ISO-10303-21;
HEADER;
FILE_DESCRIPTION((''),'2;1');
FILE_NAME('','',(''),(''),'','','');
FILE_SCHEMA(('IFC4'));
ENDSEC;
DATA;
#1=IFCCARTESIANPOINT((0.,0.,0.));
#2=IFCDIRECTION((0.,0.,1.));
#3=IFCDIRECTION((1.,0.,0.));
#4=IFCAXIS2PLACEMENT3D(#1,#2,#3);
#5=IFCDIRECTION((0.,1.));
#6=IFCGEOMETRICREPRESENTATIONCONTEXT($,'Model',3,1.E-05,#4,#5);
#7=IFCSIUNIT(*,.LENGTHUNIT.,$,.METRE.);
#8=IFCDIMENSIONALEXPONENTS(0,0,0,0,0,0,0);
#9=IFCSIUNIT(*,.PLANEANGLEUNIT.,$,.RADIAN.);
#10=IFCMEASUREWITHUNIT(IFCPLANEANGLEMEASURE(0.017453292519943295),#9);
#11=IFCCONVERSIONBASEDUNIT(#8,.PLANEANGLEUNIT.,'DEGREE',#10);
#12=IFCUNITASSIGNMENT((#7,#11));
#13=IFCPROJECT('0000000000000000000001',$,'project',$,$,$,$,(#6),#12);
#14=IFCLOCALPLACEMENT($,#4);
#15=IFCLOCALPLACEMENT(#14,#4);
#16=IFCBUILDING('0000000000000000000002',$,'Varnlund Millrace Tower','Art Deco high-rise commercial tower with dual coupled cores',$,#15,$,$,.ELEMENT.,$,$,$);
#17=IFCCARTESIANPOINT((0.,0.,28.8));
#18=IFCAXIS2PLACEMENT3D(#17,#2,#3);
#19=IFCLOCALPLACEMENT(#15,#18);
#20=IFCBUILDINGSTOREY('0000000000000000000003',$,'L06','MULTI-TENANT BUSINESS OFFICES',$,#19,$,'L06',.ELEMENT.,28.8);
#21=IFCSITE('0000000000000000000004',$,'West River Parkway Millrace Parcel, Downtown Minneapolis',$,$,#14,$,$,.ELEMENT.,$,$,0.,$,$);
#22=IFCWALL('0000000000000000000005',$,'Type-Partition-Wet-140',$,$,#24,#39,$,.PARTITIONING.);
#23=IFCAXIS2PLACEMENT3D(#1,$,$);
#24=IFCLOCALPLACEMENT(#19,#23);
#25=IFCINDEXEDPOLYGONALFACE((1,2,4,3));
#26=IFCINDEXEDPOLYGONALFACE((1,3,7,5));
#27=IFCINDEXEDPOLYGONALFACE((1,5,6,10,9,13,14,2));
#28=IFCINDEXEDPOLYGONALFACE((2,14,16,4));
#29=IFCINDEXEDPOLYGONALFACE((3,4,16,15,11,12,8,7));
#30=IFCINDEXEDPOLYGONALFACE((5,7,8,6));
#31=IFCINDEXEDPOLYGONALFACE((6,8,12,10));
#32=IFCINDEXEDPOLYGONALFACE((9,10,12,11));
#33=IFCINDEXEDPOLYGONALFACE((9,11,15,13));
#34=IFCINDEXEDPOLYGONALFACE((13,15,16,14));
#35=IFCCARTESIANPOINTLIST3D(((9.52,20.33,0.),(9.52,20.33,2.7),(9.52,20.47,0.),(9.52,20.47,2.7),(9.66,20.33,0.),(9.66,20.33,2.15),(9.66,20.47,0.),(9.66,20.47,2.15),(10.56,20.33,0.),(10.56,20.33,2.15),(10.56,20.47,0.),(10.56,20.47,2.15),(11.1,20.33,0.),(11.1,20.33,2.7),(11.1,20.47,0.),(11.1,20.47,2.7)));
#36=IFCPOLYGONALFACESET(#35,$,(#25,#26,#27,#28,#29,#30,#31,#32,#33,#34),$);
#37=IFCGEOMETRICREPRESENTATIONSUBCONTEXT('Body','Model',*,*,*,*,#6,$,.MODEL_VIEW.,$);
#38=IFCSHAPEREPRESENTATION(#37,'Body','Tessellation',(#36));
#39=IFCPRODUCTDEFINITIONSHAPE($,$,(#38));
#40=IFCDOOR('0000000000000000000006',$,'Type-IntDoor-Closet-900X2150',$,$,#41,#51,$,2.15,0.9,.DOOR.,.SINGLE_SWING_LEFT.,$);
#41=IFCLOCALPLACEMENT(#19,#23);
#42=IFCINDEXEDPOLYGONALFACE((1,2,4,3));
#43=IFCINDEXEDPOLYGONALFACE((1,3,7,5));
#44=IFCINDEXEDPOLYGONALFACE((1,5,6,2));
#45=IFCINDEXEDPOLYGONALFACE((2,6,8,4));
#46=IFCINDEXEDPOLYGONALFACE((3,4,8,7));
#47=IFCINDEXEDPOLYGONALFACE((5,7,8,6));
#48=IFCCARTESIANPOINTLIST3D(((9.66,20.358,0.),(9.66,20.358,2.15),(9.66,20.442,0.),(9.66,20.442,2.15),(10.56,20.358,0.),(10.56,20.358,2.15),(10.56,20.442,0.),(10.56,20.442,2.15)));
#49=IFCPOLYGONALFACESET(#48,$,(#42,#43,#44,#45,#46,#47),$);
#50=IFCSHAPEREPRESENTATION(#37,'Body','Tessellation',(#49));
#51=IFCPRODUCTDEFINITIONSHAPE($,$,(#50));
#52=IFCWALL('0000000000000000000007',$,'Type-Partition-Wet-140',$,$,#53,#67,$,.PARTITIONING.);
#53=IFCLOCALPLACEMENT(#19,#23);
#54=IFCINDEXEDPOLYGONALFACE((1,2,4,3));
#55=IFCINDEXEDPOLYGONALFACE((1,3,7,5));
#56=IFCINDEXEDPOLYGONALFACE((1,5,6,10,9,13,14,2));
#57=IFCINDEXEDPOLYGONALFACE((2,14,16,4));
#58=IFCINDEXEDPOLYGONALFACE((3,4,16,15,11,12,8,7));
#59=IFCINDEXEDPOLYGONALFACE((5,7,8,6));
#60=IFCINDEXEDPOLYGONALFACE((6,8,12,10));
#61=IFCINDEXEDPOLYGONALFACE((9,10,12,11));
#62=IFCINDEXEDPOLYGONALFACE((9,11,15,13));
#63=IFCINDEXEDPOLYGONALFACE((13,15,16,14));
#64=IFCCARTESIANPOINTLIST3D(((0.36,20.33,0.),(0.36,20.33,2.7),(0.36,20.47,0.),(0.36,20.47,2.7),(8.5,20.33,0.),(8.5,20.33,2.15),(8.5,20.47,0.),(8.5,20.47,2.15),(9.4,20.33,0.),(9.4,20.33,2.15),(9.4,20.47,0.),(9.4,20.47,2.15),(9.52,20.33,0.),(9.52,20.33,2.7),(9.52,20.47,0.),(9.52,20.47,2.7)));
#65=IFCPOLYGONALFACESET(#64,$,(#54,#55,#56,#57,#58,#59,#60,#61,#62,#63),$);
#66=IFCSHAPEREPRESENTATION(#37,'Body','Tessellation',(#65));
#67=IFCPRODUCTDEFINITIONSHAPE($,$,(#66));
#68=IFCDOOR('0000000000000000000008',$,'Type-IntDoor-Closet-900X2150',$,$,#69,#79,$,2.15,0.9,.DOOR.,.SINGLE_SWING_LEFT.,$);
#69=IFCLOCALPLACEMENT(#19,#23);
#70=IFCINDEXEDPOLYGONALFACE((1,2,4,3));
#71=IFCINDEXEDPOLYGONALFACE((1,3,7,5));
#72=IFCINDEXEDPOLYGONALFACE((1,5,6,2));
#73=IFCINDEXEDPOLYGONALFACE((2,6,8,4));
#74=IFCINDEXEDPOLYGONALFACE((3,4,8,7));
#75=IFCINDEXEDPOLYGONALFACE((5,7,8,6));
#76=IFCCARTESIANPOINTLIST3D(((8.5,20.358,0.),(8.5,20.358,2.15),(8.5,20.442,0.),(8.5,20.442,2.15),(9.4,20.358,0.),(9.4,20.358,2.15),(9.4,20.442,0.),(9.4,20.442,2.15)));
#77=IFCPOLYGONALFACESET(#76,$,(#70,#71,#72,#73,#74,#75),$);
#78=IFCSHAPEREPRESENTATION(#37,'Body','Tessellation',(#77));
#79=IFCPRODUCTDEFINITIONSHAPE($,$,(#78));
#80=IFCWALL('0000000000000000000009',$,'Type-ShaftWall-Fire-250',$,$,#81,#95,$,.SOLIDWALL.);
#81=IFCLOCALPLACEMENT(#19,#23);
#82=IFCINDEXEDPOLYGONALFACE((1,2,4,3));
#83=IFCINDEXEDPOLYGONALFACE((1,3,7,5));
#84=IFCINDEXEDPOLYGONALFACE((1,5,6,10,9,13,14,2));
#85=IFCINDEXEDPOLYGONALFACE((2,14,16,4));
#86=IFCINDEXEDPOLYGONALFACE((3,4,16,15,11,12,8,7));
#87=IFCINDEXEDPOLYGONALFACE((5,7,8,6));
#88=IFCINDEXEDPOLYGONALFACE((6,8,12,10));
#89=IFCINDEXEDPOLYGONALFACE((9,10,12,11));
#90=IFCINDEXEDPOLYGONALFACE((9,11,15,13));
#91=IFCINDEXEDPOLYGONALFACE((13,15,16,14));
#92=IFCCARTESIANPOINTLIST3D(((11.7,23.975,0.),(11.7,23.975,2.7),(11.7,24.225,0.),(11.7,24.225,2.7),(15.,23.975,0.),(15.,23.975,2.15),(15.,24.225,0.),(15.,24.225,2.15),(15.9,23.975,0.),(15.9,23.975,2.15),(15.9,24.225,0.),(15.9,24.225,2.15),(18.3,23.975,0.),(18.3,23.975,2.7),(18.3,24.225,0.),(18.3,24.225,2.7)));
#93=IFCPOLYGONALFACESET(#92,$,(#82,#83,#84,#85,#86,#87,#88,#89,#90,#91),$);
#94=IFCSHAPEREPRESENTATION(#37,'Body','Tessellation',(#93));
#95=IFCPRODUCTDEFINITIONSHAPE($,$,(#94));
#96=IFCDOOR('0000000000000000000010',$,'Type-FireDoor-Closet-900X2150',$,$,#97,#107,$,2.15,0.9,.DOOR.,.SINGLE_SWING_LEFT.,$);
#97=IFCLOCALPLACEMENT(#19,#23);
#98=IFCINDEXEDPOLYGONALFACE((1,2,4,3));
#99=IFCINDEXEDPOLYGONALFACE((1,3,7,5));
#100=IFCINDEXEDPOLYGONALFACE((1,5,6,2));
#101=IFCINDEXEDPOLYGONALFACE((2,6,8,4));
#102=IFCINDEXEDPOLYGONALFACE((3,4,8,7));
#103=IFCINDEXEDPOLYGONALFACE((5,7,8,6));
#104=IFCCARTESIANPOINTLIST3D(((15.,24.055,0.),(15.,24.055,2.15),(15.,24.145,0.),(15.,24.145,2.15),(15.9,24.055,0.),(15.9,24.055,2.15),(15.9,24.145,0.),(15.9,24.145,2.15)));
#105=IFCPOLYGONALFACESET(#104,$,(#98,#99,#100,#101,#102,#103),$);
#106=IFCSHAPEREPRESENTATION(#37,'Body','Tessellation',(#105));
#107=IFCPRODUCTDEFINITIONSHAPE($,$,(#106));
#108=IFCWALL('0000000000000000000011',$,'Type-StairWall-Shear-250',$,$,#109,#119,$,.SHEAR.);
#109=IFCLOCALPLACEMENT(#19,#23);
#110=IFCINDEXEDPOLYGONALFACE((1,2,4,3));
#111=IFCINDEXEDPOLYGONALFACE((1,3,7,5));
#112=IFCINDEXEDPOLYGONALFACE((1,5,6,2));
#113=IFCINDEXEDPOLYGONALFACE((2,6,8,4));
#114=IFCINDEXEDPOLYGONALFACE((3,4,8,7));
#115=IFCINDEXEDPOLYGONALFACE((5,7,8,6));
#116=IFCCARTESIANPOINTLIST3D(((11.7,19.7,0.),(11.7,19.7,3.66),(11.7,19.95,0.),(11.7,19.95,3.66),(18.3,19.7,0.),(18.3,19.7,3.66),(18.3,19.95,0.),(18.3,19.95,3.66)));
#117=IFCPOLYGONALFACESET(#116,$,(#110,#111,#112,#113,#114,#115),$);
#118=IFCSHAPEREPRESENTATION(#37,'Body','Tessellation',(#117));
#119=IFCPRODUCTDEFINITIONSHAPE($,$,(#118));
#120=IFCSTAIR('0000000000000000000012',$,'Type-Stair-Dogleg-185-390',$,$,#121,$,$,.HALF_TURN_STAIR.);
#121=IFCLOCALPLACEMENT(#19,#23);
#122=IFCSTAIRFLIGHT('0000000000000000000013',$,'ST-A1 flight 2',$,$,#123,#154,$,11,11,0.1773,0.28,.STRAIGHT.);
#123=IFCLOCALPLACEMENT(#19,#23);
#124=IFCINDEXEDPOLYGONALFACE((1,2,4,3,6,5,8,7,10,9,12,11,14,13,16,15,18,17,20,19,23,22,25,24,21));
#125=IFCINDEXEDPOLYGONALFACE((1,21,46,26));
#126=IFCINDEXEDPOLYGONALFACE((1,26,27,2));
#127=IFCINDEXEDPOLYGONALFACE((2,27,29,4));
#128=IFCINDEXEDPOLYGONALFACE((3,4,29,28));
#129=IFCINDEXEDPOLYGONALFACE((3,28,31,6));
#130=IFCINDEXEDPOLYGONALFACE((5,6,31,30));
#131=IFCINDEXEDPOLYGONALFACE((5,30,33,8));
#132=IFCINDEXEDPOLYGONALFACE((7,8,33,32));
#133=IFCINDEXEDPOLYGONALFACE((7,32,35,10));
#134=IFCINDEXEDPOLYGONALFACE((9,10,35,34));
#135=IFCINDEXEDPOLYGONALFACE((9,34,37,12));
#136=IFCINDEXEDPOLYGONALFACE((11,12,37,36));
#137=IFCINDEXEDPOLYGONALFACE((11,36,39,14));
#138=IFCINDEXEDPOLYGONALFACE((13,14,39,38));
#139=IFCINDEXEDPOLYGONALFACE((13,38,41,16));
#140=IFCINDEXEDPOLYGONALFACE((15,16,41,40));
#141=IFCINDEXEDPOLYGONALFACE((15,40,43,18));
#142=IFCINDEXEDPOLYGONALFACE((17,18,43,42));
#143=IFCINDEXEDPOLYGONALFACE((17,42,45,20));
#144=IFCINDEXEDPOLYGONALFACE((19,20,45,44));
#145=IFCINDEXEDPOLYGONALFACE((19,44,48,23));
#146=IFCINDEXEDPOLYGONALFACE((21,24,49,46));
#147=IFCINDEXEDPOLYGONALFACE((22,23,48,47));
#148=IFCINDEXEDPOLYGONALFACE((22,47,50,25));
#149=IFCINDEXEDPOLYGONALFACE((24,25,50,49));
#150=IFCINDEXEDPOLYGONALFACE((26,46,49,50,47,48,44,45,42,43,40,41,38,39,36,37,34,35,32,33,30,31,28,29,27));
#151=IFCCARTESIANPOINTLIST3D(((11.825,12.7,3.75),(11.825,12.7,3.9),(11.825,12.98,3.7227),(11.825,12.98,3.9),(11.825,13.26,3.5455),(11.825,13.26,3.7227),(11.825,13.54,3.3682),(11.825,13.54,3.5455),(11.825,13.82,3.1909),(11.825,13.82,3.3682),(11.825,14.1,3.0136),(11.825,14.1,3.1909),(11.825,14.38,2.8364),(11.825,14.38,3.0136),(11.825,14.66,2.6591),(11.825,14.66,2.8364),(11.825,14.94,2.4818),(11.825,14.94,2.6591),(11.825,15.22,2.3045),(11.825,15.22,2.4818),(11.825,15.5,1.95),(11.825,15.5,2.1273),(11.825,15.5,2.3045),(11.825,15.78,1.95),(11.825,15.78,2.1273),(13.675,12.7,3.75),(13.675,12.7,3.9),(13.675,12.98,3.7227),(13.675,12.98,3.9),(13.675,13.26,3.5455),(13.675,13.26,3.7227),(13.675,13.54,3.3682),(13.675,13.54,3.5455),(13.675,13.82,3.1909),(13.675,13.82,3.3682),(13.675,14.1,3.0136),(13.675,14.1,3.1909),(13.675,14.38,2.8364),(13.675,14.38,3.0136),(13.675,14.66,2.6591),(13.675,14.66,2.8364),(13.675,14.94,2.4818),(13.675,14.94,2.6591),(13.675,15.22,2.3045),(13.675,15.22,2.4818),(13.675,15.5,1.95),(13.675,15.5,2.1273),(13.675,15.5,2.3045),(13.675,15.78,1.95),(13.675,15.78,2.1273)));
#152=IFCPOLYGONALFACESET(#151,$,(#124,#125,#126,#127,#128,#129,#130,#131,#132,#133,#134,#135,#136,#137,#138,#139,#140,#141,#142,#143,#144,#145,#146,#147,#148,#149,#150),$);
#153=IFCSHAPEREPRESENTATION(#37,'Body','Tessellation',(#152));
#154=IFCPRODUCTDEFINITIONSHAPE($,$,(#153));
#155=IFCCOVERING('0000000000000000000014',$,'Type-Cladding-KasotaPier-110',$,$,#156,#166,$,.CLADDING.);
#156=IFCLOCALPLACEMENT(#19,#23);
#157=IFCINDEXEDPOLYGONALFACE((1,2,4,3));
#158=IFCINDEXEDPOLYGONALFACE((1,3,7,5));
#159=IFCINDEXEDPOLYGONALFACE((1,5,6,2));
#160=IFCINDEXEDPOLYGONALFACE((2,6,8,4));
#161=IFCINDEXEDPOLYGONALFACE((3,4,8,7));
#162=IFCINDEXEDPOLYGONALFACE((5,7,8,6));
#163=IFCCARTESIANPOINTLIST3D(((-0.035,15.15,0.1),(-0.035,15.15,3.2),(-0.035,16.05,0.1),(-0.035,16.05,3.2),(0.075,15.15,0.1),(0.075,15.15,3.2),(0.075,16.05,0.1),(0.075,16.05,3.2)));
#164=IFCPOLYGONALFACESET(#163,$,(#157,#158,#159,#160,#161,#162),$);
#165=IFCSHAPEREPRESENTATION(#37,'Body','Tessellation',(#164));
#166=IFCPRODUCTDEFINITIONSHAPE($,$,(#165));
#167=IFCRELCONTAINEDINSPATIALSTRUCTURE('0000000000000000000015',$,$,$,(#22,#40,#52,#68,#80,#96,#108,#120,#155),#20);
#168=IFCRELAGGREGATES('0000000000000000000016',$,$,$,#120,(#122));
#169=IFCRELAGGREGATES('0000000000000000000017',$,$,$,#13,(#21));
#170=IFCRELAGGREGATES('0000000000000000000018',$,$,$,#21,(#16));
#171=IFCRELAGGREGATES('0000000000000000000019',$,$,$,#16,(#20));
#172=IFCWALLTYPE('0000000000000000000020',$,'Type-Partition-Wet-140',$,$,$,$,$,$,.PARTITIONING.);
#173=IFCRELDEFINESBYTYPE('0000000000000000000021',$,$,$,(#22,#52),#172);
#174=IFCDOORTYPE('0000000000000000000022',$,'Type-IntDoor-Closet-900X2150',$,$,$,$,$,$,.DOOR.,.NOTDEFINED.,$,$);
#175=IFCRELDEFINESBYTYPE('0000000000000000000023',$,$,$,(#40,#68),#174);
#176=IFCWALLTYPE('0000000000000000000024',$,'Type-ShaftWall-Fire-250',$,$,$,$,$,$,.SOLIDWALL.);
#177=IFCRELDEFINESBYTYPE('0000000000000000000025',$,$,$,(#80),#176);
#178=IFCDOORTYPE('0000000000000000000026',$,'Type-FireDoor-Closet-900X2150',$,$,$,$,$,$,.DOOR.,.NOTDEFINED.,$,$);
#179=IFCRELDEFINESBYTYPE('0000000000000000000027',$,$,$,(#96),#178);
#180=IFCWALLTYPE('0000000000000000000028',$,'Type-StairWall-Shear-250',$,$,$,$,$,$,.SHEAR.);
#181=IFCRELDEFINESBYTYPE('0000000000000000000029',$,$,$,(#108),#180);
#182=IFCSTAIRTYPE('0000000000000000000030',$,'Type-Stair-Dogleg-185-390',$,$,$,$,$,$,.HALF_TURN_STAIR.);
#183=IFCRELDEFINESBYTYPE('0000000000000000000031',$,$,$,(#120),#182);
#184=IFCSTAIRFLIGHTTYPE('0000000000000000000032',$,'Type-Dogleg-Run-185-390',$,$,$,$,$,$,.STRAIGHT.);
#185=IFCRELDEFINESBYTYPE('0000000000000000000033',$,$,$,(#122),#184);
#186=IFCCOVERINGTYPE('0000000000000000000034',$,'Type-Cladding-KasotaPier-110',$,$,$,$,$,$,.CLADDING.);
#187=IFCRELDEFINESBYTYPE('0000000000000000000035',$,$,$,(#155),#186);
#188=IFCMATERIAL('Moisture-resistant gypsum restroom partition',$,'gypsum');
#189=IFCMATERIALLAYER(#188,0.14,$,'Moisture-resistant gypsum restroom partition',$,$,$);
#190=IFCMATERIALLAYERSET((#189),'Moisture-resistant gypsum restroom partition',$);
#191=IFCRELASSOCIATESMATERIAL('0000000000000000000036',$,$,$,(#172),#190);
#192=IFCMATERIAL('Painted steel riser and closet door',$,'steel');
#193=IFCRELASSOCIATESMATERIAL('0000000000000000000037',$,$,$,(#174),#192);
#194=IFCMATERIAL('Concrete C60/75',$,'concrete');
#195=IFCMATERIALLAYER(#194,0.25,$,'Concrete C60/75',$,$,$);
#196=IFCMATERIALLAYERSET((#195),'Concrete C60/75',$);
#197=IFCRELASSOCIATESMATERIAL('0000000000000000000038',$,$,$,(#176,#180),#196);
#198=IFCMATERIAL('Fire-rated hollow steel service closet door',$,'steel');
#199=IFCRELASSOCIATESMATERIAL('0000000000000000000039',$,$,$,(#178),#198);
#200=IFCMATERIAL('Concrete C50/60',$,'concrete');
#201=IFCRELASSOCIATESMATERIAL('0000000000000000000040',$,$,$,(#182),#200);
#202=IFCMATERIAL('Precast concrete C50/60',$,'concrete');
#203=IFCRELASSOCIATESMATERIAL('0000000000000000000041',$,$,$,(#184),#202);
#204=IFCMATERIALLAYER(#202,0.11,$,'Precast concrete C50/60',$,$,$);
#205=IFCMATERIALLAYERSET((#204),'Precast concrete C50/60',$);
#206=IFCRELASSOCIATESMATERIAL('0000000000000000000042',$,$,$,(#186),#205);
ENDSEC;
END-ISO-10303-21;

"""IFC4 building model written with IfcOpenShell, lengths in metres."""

from ifc_helpers import new_model, entity, si_unit, converted_unit, direction, frame, origin_with_axes, origin_2d_with_axis, place, context, subcontext, project, spatial, polyline, rectangle, outline, extrude, material, layer, layer_set, type_object, element, fill, aggregate, save


model = new_model("IFC4")

# Units and contexts
model_context = context("Model", 3, precision=1e-05, world=origin_with_axes(), true_north=direction((0.0, 1.0)))
body_context = subcontext(model_context, "Body", "Model", "MODEL_VIEW")
ifc_project = project(units=[si_unit("LENGTHUNIT", "METRE"), converted_unit("PLANEANGLEUNIT", "DEGREE", entity("IfcPlaneAngleMeasure", 0.017453292519943295), si_unit("PLANEANGLEUNIT", "RADIAN"), dimensions=[0, 0, 0, 0, 0, 0, 0])], contexts=[model_context])

# Site, building, storey
site_placement = place(None, origin_with_axes())
site = spatial("IfcSite", under=ifc_project, at=site_placement, Name="West River Parkway Millrace Parcel, Downtown Minneapolis", CompositionType="ELEMENT", RefElevation=0.0)
building_placement = place(site_placement, origin_with_axes())
building = spatial("IfcBuilding", under=site, at=building_placement, Name="Varnlund Millrace Tower", Description="Art Deco high-rise commercial tower with dual coupled cores", CompositionType="ELEMENT")
storey_placement = place(building_placement, frame((0.0, 0.0, 28.8), z_axis=(0.0, 0.0, 1.0), x_axis=(1.0, 0.0, 0.0)))
storey = spatial("IfcBuildingStorey", under=building, at=storey_placement, Name="L06", Description="MULTI-TENANT BUSINESS OFFICES", LongName="L06", CompositionType="ELEMENT", Elevation=28.8)

# Shared definitions
ifc_material_1 = material(Name="Moisture-resistant gypsum restroom partition", Category="gypsum")
ifc_layer_1 = layer(ifc_material_1, 0.14, Name="Moisture-resistant gypsum restroom partition")
ifc_layer_set_1 = layer_set([ifc_layer_1], Name="Moisture-resistant gypsum restroom partition")
wall_type_1 = type_object("IfcWallType", Name="Type-Partition-Wet-140", PredefinedType="PARTITIONING", material=ifc_layer_set_1)

# Walls, openings, doors
wall_1_placement = place(storey_placement, frame((9.52, 20.4, 0.0), z_axis=(0.0, 0.0, 1.0), x_axis=(1.0, 0.0, 0.0)))
wall_1 = element("IfcWall", 1, at=wall_1_placement, inside=storey, type_object=wall_type_1, Name="Type-Partition-Wet-140", PredefinedType="PARTITIONING", context=body_context, shape_type="SweptSolid", body=[
    extrude(outline(polyline([(0.0, -0.07), (1.58, -0.07), (1.58, 0.07), (0.0, 0.07), (0.0, -0.07)])), origin_with_axes(), (0.0, 0.0, 1.0), 2.7),
])
opening_1_placement = place(wall_1_placement, frame((0.59, 0.0, 0.0), z_axis=(0.0, 0.0, 1.0), x_axis=(1.0, 0.0, 0.0)))
opening_1 = element("IfcOpeningElement", 2, at=opening_1_placement, cuts=wall_1, PredefinedType="OPENING", context=body_context, shape_type="SweptSolid", body=[
    extrude(rectangle(XDim=0.9, YDim=0.16, at=origin_2d_with_axis()), origin_with_axes(), (0.0, 0.0, 1.0), 2.15),
])
ifc_material_2 = material(Name="Painted steel riser and closet door", Category="steel")
door_type_1 = type_object("IfcDoorType", Name="Type-IntDoor-Closet-900X2150", OperationType="NOTDEFINED", PredefinedType="DOOR", material=ifc_material_2)
door_1_placement = place(wall_1_placement, frame((0.59, 0.0, 0.0), z_axis=(0.0, 0.0, 1.0), x_axis=(1.0, 0.0, 0.0)))
door_1 = element("IfcDoor", 3, at=door_1_placement, inside=storey, type_object=door_type_1, Name="Type-IntDoor-Closet-900X2150", OperationType="SINGLE_SWING_LEFT", OverallHeight=2.15, OverallWidth=0.9, PredefinedType="DOOR", context=body_context, shape_type="SweptSolid", body=[
    extrude(rectangle(XDim=0.9, YDim=0.084, at=origin_2d_with_axis()), origin_with_axes(), (0.0, 0.0, 1.0), 2.15),
])
fill(opening_1, door_1)
wall_2_placement = place(storey_placement, frame((0.36, 20.4, 0.0), z_axis=(0.0, 0.0, 1.0), x_axis=(1.0, 0.0, 0.0)))
wall_2 = element("IfcWall", 4, at=wall_2_placement, inside=storey, type_object=wall_type_1, Name="Type-Partition-Wet-140", PredefinedType="PARTITIONING", context=body_context, shape_type="SweptSolid", body=[
    extrude(outline(polyline([(0.0, -0.07), (9.16, -0.07), (9.16, 0.07), (0.0, 0.07), (0.0, -0.07)])), origin_with_axes(), (0.0, 0.0, 1.0), 2.7),
])
opening_2_placement = place(wall_2_placement, frame((8.59, 0.0, 0.0), z_axis=(0.0, 0.0, 1.0), x_axis=(1.0, 0.0, 0.0)))
opening_2 = element("IfcOpeningElement", 5, at=opening_2_placement, cuts=wall_2, PredefinedType="OPENING", context=body_context, shape_type="SweptSolid", body=[
    extrude(rectangle(XDim=0.9, YDim=0.16, at=origin_2d_with_axis()), origin_with_axes(), (0.0, 0.0, 1.0), 2.15),
])
door_2_placement = place(wall_2_placement, frame((8.59, 0.0, 0.0), z_axis=(0.0, 0.0, 1.0), x_axis=(1.0, 0.0, 0.0)))
door_2 = element("IfcDoor", 6, at=door_2_placement, inside=storey, type_object=door_type_1, Name="Type-IntDoor-Closet-900X2150", OperationType="SINGLE_SWING_LEFT", OverallHeight=2.15, OverallWidth=0.9, PredefinedType="DOOR", context=body_context, shape_type="SweptSolid", body=[
    extrude(rectangle(XDim=0.9, YDim=0.084, at=origin_2d_with_axis()), origin_with_axes(), (0.0, 0.0, 1.0), 2.15),
])
fill(opening_2, door_2)
ifc_material_3 = material(Name="Concrete C60/75", Category="concrete")
ifc_layer_2 = layer(ifc_material_3, 0.25, Name="Concrete C60/75")
ifc_layer_set_2 = layer_set([ifc_layer_2], Name="Concrete C60/75")
wall_type_2 = type_object("IfcWallType", Name="Type-ShaftWall-Fire-250", PredefinedType="SOLIDWALL", material=ifc_layer_set_2)
wall_3_placement = place(storey_placement, frame((11.7, 24.1, 0.0), z_axis=(0.0, 0.0, 1.0), x_axis=(1.0, 0.0, 0.0)))
wall_3 = element("IfcWall", 7, at=wall_3_placement, inside=storey, type_object=wall_type_2, Name="Type-ShaftWall-Fire-250", PredefinedType="SOLIDWALL", context=body_context, shape_type="SweptSolid", body=[
    extrude(outline(polyline([(0.0, -0.125), (6.6, -0.125), (6.6, 0.125), (0.0, 0.125), (0.0, -0.125)])), origin_with_axes(), (0.0, 0.0, 1.0), 2.7),
])
opening_3_placement = place(wall_3_placement, frame((3.75, 0.0, 0.0), z_axis=(0.0, 0.0, 1.0), x_axis=(1.0, 0.0, 0.0)))
opening_3 = element("IfcOpeningElement", 8, at=opening_3_placement, cuts=wall_3, PredefinedType="OPENING", context=body_context, shape_type="SweptSolid", body=[
    extrude(rectangle(XDim=0.9, YDim=0.27, at=origin_2d_with_axis()), origin_with_axes(), (0.0, 0.0, 1.0), 2.15),
])
ifc_material_4 = material(Name="Fire-rated hollow steel service closet door", Category="steel")
door_type_2 = type_object("IfcDoorType", Name="Type-FireDoor-Closet-900X2150", OperationType="NOTDEFINED", PredefinedType="DOOR", material=ifc_material_4)
door_3_placement = place(wall_3_placement, frame((3.75, 0.0, 0.0), z_axis=(0.0, 0.0, 1.0), x_axis=(1.0, 0.0, 0.0)))
door_3 = element("IfcDoor", 9, at=door_3_placement, inside=storey, type_object=door_type_2, Name="Type-FireDoor-Closet-900X2150", OperationType="SINGLE_SWING_LEFT", OverallHeight=2.15, OverallWidth=0.9, PredefinedType="DOOR", context=body_context, shape_type="SweptSolid", body=[
    extrude(rectangle(XDim=0.9, YDim=0.09, at=origin_2d_with_axis()), origin_with_axes(), (0.0, 0.0, 1.0), 2.15),
])
fill(opening_3, door_3)

# Wall
wall_type_3 = type_object("IfcWallType", Name="Type-StairWall-Shear-250", PredefinedType="SHEAR", material=ifc_layer_set_2)
wall_4_placement = place(storey_placement, frame((11.7, 19.825, 0.0), z_axis=(0.0, 0.0, 1.0), x_axis=(1.0, 0.0, 0.0)))
element("IfcWall", 10, at=wall_4_placement, inside=storey, type_object=wall_type_3, Name="Type-StairWall-Shear-250", PredefinedType="SHEAR", context=body_context, shape_type="SweptSolid", body=[
    extrude(outline(polyline([(0.0, -0.125), (6.6, -0.125), (6.6, 0.125), (0.0, 0.125), (0.0, -0.125)])), origin_with_axes(), (0.0, 0.0, 1.0), 3.66),
])

# Stair, stair flight
ifc_material_5 = material(Name="Concrete C50/60", Category="concrete")
stair_type = type_object("IfcStairType", Name="Type-Stair-Dogleg-185-390", PredefinedType="HALF_TURN_STAIR", material=ifc_material_5)
stair_placement = place(storey_placement, origin_with_axes())
stair = element("IfcStair", 11, at=stair_placement, inside=storey, type_object=stair_type, Name="Type-Stair-Dogleg-185-390", PredefinedType="HALF_TURN_STAIR")
ifc_material_6 = material(Name="Precast concrete C50/60", Category="concrete")
stair_flight_type = type_object("IfcStairFlightType", Name="Type-Dogleg-Run-185-390", PredefinedType="STRAIGHT", material=ifc_material_6)
stair_flight_placement = place(storey_placement, frame((13.675, 15.78, 1.95), z_axis=(-1.0, 0.0, 0.0), x_axis=(0.0, -1.0, 0.0)))
stair_flight = element("IfcStairFlight", 12, at=stair_flight_placement, type_object=stair_flight_type, Name="ST-A1 flight 2", NumberOfRisers=11, NumberOfTreads=11, PredefinedType="STRAIGHT", RiserHeight=0.1773, TreadLength=0.28, context=body_context, shape_type="SweptSolid", body=[
    extrude(outline(polyline([(0.0, 0.0), (0.0, 0.1773), (0.28, 0.1773), (0.28, 0.3545), (0.56, 0.3545), (0.56, 0.5318), (0.84, 0.5318), (0.84, 0.7091), (1.12, 0.7091), (1.12, 0.8864), (1.4, 0.8864), (1.4, 1.0636), (1.68, 1.0636), (1.68, 1.2409), (1.96, 1.2409), (1.96, 1.4182), (2.24, 1.4182), (2.24, 1.5955), (2.52, 1.5955), (2.52, 1.7727), (2.8, 1.7727), (2.8, 1.95), (3.08, 1.95), (3.08, 1.8), (0.28, 0.0), (0.0, 0.0)])), origin_with_axes(), (0.0, 0.0, 1.0), 1.85),
])
aggregate(stair, [stair_flight])

# Covering
ifc_layer_3 = layer(ifc_material_6, 0.11, Name="Precast concrete C50/60")
ifc_layer_set_3 = layer_set([ifc_layer_3], Name="Precast concrete C50/60")
covering_type = type_object("IfcCoveringType", Name="Type-Cladding-KasotaPier-110", PredefinedType="CLADDING", material=ifc_layer_set_3)
covering_placement = place(storey_placement, frame((0.02, 15.6, 0.1), z_axis=(0.0, 0.0, 1.0), x_axis=(1.0, 0.0, 0.0)))
element("IfcCovering", 13, at=covering_placement, inside=storey, type_object=covering_type, Name="Type-Cladding-KasotaPier-110", PredefinedType="CLADDING", context=body_context, shape_type="SweptSolid", body=[
    extrude(rectangle(XDim=0.11, YDim=0.9, at=origin_2d_with_axis()), origin_with_axes(), (0.0, 0.0, 1.0), 3.1),
])

save(model, "model.ifc")
